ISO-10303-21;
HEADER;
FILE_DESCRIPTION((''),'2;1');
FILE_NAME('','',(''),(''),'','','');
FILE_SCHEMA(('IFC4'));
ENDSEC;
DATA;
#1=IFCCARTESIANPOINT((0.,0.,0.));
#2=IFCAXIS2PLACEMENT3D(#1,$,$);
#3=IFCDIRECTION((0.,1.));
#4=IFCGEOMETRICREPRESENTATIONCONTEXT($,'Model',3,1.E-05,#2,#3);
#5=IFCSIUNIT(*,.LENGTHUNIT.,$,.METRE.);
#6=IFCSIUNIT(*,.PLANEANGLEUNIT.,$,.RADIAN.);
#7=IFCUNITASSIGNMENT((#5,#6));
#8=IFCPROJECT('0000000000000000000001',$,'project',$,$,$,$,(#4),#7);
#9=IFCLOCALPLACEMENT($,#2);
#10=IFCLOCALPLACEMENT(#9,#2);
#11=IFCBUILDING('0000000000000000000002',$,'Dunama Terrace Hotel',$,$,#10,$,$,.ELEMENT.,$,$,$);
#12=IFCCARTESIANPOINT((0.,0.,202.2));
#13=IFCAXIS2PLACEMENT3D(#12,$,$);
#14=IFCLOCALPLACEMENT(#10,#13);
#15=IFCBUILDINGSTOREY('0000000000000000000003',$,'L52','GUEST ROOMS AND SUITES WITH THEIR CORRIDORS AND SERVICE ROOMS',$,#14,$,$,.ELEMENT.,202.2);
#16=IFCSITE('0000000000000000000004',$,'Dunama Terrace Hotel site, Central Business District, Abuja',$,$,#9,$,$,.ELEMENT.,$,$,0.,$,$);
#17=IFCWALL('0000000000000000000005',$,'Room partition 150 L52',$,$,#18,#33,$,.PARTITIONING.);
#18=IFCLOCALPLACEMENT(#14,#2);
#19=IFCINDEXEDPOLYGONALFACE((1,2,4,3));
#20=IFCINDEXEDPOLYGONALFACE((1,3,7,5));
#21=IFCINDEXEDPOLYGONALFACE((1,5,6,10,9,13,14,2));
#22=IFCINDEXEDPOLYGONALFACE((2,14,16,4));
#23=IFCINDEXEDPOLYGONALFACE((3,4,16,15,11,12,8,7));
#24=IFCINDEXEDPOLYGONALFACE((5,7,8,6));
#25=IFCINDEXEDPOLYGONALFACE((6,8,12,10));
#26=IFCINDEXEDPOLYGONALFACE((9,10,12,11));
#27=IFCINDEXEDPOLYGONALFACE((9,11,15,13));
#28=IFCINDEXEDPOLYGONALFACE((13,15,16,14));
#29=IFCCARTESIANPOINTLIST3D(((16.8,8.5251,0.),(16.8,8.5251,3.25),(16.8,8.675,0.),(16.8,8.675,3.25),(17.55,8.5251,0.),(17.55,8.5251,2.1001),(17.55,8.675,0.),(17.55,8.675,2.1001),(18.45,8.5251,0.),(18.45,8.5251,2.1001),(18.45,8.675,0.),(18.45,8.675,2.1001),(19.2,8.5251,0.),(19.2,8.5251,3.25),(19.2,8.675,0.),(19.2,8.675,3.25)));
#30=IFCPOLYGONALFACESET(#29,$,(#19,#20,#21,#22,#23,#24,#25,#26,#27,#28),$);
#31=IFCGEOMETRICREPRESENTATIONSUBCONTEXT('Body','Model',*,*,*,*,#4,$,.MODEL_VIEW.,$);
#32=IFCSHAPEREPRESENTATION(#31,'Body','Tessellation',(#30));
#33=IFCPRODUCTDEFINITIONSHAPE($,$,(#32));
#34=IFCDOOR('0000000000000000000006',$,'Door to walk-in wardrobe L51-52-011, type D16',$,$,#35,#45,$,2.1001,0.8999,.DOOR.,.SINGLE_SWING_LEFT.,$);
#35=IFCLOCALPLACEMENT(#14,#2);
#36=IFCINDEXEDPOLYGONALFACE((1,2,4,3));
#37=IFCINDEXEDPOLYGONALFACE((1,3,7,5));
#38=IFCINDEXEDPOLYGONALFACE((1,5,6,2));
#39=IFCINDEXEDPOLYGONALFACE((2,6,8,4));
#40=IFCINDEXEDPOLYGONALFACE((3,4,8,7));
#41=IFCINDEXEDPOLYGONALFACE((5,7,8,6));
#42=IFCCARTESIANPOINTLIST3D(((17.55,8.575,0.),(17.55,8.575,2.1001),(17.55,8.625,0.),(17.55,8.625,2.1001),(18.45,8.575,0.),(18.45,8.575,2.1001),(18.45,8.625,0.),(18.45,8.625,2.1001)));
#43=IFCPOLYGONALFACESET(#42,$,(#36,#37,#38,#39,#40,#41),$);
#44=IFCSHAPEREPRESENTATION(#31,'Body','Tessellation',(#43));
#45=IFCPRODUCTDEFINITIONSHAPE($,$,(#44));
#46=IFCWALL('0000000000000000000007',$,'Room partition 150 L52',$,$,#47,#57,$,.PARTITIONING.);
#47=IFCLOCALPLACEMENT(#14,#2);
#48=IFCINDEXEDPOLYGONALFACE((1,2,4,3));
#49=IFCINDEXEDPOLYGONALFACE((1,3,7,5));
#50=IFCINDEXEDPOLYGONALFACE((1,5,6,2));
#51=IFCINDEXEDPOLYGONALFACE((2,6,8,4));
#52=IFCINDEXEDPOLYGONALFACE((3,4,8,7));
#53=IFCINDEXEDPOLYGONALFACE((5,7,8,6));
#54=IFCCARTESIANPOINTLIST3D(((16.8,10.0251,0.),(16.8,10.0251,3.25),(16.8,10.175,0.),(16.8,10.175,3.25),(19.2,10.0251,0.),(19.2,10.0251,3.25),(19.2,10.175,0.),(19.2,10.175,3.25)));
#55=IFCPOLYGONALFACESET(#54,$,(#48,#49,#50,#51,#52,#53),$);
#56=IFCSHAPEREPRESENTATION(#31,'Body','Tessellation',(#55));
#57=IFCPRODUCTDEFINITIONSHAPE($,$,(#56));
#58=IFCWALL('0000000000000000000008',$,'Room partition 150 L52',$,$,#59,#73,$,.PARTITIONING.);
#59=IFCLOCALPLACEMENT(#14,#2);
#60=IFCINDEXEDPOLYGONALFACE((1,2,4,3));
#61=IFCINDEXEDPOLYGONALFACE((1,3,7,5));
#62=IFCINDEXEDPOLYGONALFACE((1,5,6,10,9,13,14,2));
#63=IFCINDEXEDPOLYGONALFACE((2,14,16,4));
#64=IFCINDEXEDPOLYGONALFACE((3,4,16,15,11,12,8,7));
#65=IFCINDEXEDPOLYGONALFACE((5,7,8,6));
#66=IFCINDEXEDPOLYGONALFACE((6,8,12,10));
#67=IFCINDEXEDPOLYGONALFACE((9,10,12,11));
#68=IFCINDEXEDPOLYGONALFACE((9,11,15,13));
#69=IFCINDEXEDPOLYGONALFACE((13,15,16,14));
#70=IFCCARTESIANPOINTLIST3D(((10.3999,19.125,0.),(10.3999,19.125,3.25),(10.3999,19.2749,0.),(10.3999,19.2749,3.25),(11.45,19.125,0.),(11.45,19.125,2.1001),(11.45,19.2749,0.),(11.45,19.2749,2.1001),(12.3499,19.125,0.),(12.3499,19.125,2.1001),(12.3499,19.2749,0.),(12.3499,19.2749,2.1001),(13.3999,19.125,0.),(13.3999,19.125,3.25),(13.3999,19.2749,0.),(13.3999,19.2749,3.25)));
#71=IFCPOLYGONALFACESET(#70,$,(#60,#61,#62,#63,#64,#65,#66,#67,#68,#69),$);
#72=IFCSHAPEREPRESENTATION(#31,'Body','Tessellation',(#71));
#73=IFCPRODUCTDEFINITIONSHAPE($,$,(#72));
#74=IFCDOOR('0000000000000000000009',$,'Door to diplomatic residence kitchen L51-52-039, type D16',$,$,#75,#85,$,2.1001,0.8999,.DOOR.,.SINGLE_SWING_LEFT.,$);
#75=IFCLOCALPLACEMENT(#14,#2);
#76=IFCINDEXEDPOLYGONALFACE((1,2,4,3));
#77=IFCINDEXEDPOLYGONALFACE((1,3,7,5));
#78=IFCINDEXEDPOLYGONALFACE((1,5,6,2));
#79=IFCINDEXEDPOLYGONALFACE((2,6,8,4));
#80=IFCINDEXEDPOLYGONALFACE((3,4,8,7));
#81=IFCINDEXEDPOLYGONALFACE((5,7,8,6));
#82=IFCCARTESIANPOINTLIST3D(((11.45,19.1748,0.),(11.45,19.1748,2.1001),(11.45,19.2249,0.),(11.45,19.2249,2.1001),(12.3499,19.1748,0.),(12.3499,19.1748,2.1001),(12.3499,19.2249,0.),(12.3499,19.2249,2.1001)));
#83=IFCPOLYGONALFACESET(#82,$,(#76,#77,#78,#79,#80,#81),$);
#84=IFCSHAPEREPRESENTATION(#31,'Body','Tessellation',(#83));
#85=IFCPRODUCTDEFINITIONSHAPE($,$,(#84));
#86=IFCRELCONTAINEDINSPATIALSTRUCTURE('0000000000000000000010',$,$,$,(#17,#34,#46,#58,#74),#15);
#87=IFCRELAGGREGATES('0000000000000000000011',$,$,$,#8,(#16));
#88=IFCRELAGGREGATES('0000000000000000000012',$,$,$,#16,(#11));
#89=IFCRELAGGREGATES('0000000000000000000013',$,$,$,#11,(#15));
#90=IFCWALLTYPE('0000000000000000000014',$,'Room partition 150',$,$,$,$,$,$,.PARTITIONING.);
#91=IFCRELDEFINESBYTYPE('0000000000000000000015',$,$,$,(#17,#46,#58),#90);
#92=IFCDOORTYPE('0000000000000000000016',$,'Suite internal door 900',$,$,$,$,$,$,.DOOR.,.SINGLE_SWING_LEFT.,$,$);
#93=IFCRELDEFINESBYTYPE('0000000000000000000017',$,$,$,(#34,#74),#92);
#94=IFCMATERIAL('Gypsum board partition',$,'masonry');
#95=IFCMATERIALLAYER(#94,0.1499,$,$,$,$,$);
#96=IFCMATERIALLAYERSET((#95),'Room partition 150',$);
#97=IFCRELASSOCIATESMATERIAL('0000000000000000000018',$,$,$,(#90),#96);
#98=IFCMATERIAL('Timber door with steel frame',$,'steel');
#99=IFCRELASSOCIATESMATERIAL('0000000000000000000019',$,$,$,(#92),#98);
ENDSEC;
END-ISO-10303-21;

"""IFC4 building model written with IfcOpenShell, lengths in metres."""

from ifc_helpers import new_model, si_unit, direction, frame, frame_2d, origin, place, context, subcontext, project, spatial, rectangle, extrude, material, layer, layer_set, type_object, element, fill, save


model = new_model("IFC4")

# Units and contexts
model_context = context("Model", 3, precision=1e-05, world=origin(), true_north=direction((0.0, 1.0)))
body_context = subcontext(model_context, "Body", "Model", "MODEL_VIEW")
ifc_project = project(units=[si_unit("LENGTHUNIT", "METRE"), si_unit("PLANEANGLEUNIT", "RADIAN")], contexts=[model_context])

# Site, building, storey
site_placement = place(None, origin())
site = spatial("IfcSite", under=ifc_project, at=site_placement, Name="Dunama Terrace Hotel site, Central Business District, Abuja", CompositionType="ELEMENT", RefElevation=0.0)
building_placement = place(site_placement, origin())
building = spatial("IfcBuilding", under=site, at=building_placement, Name="Dunama Terrace Hotel", CompositionType="ELEMENT")
storey_placement = place(building_placement, frame((0.0, 0.0, 202.2)))
storey = spatial("IfcBuildingStorey", under=building, at=storey_placement, Name="L52", Description="GUEST ROOMS AND SUITES WITH THEIR CORRIDORS AND SERVICE ROOMS", CompositionType="ELEMENT", Elevation=202.2)

# Shared definitions
ifc_material_1 = material(Name="Gypsum board partition", Category="masonry")
ifc_layer_1 = layer(ifc_material_1, 0.1499)
ifc_layer_set_1 = layer_set([ifc_layer_1], Name="Room partition 150")
wall_type_1 = type_object("IfcWallType", Name="Room partition 150", PredefinedType="PARTITIONING", material=ifc_layer_set_1)

# Wall, opening, door
wall_1_placement = place(storey_placement, frame((16.8, 8.6001, 0.0), z_axis=(0.0, 0.0, 1.0), x_axis=(1.0, 0.0, 0.0)))
wall_1 = element("IfcWall", 1, at=wall_1_placement, inside=storey, type_object=wall_type_1, Name="Room partition 150 L52", PredefinedType="PARTITIONING", context=body_context, shape_type="SweptSolid", body=[
    extrude(rectangle(XDim=2.3999, YDim=0.1499, at=frame_2d((1.2, 0.0))), origin(), (0.0, 0.0, 1.0), 3.25),
])
opening_1_placement = place(wall_1_placement, frame((0.75, 0.0, 0.0)))
opening_1 = element("IfcOpeningElement", 2, at=opening_1_placement, cuts=wall_1, PredefinedType="OPENING", context=body_context, shape_type="SweptSolid", body=[
    extrude(rectangle(XDim=0.8999, YDim=2.1001, at=frame_2d((0.45, 1.05))), frame((0.0, 0.085, 0.0), z_axis=(0.0, -1.0, 0.0), x_axis=(1.0, 0.0, 0.0)), (0.0, 0.0, 1.0), 0.1699),
])
ifc_material_2 = material(Name="Timber door with steel frame", Category="steel")
door_type_1 = type_object("IfcDoorType", Name="Suite internal door 900", OperationType="SINGLE_SWING_LEFT", PredefinedType="DOOR", material=ifc_material_2)
door_1_placement = place(opening_1_placement, origin())
door_1 = element("IfcDoor", 3, at=door_1_placement, inside=storey, type_object=door_type_1, Name="Door to walk-in wardrobe L51-52-011, type D16", OperationType="SINGLE_SWING_LEFT", OverallHeight=2.1001, OverallWidth=0.8999, PredefinedType="DOOR", context=body_context, shape_type="SweptSolid", body=[
    extrude(rectangle(XDim=0.8999, YDim=2.1001, at=frame_2d((0.45, 1.05))), frame((0.0, 0.0249, 0.0), z_axis=(0.0, -1.0, 0.0), x_axis=(1.0, 0.0, 0.0)), (0.0, 0.0, 1.0), 0.05),
])
fill(opening_1, door_1)

# Wall
wall_2_placement = place(storey_placement, frame((16.8, 10.1001, 0.0), z_axis=(0.0, 0.0, 1.0), x_axis=(1.0, 0.0, 0.0)))
element("IfcWall", 4, at=wall_2_placement, inside=storey, type_object=wall_type_1, Name="Room partition 150 L52", PredefinedType="PARTITIONING", context=body_context, shape_type="SweptSolid", body=[
    extrude(rectangle(XDim=2.3999, YDim=0.1499, at=frame_2d((1.2, 0.0))), origin(), (0.0, 0.0, 1.0), 3.25),
])

# Wall, opening, door
wall_3_placement = place(storey_placement, frame((10.3999, 19.2, 0.0), z_axis=(0.0, 0.0, 1.0), x_axis=(1.0, 0.0, 0.0)))
wall_3 = element("IfcWall", 5, at=wall_3_placement, inside=storey, type_object=wall_type_1, Name="Room partition 150 L52", PredefinedType="PARTITIONING", context=body_context, shape_type="SweptSolid", body=[
    extrude(rectangle(XDim=3.0, YDim=0.1499, at=frame_2d((1.5, 0.0))), origin(), (0.0, 0.0, 1.0), 3.25),
])
opening_2_placement = place(wall_3_placement, frame((1.05, 0.0, 0.0)))
opening_2 = element("IfcOpeningElement", 6, at=opening_2_placement, cuts=wall_3, PredefinedType="OPENING", context=body_context, shape_type="SweptSolid", body=[
    extrude(rectangle(XDim=0.8999, YDim=2.1001, at=frame_2d((0.45, 1.05))), frame((0.0, 0.085, 0.0), z_axis=(0.0, -1.0, 0.0), x_axis=(1.0, 0.0, 0.0)), (0.0, 0.0, 1.0), 0.1699),
])
door_2_placement = place(opening_2_placement, frame((0.8999, 0.0, 0.0), z_axis=(0.0, 0.0, 1.0), x_axis=(-1.0, 0.0, 0.0)))
door_2 = element("IfcDoor", 7, at=door_2_placement, inside=storey, type_object=door_type_1, Name="Door to diplomatic residence kitchen L51-52-039, type D16", OperationType="SINGLE_SWING_LEFT", OverallHeight=2.1001, OverallWidth=0.8999, PredefinedType="DOOR", context=body_context, shape_type="SweptSolid", body=[
    extrude(rectangle(XDim=0.8999, YDim=2.1001, at=frame_2d((0.45, 1.05))), frame((0.0, 0.0251, 0.0), z_axis=(0.0, -1.0, 0.0), x_axis=(1.0, 0.0, 0.0)), (0.0, 0.0, 1.0), 0.05),
])
fill(opening_2, door_2)

save(model, "model.ifc")
